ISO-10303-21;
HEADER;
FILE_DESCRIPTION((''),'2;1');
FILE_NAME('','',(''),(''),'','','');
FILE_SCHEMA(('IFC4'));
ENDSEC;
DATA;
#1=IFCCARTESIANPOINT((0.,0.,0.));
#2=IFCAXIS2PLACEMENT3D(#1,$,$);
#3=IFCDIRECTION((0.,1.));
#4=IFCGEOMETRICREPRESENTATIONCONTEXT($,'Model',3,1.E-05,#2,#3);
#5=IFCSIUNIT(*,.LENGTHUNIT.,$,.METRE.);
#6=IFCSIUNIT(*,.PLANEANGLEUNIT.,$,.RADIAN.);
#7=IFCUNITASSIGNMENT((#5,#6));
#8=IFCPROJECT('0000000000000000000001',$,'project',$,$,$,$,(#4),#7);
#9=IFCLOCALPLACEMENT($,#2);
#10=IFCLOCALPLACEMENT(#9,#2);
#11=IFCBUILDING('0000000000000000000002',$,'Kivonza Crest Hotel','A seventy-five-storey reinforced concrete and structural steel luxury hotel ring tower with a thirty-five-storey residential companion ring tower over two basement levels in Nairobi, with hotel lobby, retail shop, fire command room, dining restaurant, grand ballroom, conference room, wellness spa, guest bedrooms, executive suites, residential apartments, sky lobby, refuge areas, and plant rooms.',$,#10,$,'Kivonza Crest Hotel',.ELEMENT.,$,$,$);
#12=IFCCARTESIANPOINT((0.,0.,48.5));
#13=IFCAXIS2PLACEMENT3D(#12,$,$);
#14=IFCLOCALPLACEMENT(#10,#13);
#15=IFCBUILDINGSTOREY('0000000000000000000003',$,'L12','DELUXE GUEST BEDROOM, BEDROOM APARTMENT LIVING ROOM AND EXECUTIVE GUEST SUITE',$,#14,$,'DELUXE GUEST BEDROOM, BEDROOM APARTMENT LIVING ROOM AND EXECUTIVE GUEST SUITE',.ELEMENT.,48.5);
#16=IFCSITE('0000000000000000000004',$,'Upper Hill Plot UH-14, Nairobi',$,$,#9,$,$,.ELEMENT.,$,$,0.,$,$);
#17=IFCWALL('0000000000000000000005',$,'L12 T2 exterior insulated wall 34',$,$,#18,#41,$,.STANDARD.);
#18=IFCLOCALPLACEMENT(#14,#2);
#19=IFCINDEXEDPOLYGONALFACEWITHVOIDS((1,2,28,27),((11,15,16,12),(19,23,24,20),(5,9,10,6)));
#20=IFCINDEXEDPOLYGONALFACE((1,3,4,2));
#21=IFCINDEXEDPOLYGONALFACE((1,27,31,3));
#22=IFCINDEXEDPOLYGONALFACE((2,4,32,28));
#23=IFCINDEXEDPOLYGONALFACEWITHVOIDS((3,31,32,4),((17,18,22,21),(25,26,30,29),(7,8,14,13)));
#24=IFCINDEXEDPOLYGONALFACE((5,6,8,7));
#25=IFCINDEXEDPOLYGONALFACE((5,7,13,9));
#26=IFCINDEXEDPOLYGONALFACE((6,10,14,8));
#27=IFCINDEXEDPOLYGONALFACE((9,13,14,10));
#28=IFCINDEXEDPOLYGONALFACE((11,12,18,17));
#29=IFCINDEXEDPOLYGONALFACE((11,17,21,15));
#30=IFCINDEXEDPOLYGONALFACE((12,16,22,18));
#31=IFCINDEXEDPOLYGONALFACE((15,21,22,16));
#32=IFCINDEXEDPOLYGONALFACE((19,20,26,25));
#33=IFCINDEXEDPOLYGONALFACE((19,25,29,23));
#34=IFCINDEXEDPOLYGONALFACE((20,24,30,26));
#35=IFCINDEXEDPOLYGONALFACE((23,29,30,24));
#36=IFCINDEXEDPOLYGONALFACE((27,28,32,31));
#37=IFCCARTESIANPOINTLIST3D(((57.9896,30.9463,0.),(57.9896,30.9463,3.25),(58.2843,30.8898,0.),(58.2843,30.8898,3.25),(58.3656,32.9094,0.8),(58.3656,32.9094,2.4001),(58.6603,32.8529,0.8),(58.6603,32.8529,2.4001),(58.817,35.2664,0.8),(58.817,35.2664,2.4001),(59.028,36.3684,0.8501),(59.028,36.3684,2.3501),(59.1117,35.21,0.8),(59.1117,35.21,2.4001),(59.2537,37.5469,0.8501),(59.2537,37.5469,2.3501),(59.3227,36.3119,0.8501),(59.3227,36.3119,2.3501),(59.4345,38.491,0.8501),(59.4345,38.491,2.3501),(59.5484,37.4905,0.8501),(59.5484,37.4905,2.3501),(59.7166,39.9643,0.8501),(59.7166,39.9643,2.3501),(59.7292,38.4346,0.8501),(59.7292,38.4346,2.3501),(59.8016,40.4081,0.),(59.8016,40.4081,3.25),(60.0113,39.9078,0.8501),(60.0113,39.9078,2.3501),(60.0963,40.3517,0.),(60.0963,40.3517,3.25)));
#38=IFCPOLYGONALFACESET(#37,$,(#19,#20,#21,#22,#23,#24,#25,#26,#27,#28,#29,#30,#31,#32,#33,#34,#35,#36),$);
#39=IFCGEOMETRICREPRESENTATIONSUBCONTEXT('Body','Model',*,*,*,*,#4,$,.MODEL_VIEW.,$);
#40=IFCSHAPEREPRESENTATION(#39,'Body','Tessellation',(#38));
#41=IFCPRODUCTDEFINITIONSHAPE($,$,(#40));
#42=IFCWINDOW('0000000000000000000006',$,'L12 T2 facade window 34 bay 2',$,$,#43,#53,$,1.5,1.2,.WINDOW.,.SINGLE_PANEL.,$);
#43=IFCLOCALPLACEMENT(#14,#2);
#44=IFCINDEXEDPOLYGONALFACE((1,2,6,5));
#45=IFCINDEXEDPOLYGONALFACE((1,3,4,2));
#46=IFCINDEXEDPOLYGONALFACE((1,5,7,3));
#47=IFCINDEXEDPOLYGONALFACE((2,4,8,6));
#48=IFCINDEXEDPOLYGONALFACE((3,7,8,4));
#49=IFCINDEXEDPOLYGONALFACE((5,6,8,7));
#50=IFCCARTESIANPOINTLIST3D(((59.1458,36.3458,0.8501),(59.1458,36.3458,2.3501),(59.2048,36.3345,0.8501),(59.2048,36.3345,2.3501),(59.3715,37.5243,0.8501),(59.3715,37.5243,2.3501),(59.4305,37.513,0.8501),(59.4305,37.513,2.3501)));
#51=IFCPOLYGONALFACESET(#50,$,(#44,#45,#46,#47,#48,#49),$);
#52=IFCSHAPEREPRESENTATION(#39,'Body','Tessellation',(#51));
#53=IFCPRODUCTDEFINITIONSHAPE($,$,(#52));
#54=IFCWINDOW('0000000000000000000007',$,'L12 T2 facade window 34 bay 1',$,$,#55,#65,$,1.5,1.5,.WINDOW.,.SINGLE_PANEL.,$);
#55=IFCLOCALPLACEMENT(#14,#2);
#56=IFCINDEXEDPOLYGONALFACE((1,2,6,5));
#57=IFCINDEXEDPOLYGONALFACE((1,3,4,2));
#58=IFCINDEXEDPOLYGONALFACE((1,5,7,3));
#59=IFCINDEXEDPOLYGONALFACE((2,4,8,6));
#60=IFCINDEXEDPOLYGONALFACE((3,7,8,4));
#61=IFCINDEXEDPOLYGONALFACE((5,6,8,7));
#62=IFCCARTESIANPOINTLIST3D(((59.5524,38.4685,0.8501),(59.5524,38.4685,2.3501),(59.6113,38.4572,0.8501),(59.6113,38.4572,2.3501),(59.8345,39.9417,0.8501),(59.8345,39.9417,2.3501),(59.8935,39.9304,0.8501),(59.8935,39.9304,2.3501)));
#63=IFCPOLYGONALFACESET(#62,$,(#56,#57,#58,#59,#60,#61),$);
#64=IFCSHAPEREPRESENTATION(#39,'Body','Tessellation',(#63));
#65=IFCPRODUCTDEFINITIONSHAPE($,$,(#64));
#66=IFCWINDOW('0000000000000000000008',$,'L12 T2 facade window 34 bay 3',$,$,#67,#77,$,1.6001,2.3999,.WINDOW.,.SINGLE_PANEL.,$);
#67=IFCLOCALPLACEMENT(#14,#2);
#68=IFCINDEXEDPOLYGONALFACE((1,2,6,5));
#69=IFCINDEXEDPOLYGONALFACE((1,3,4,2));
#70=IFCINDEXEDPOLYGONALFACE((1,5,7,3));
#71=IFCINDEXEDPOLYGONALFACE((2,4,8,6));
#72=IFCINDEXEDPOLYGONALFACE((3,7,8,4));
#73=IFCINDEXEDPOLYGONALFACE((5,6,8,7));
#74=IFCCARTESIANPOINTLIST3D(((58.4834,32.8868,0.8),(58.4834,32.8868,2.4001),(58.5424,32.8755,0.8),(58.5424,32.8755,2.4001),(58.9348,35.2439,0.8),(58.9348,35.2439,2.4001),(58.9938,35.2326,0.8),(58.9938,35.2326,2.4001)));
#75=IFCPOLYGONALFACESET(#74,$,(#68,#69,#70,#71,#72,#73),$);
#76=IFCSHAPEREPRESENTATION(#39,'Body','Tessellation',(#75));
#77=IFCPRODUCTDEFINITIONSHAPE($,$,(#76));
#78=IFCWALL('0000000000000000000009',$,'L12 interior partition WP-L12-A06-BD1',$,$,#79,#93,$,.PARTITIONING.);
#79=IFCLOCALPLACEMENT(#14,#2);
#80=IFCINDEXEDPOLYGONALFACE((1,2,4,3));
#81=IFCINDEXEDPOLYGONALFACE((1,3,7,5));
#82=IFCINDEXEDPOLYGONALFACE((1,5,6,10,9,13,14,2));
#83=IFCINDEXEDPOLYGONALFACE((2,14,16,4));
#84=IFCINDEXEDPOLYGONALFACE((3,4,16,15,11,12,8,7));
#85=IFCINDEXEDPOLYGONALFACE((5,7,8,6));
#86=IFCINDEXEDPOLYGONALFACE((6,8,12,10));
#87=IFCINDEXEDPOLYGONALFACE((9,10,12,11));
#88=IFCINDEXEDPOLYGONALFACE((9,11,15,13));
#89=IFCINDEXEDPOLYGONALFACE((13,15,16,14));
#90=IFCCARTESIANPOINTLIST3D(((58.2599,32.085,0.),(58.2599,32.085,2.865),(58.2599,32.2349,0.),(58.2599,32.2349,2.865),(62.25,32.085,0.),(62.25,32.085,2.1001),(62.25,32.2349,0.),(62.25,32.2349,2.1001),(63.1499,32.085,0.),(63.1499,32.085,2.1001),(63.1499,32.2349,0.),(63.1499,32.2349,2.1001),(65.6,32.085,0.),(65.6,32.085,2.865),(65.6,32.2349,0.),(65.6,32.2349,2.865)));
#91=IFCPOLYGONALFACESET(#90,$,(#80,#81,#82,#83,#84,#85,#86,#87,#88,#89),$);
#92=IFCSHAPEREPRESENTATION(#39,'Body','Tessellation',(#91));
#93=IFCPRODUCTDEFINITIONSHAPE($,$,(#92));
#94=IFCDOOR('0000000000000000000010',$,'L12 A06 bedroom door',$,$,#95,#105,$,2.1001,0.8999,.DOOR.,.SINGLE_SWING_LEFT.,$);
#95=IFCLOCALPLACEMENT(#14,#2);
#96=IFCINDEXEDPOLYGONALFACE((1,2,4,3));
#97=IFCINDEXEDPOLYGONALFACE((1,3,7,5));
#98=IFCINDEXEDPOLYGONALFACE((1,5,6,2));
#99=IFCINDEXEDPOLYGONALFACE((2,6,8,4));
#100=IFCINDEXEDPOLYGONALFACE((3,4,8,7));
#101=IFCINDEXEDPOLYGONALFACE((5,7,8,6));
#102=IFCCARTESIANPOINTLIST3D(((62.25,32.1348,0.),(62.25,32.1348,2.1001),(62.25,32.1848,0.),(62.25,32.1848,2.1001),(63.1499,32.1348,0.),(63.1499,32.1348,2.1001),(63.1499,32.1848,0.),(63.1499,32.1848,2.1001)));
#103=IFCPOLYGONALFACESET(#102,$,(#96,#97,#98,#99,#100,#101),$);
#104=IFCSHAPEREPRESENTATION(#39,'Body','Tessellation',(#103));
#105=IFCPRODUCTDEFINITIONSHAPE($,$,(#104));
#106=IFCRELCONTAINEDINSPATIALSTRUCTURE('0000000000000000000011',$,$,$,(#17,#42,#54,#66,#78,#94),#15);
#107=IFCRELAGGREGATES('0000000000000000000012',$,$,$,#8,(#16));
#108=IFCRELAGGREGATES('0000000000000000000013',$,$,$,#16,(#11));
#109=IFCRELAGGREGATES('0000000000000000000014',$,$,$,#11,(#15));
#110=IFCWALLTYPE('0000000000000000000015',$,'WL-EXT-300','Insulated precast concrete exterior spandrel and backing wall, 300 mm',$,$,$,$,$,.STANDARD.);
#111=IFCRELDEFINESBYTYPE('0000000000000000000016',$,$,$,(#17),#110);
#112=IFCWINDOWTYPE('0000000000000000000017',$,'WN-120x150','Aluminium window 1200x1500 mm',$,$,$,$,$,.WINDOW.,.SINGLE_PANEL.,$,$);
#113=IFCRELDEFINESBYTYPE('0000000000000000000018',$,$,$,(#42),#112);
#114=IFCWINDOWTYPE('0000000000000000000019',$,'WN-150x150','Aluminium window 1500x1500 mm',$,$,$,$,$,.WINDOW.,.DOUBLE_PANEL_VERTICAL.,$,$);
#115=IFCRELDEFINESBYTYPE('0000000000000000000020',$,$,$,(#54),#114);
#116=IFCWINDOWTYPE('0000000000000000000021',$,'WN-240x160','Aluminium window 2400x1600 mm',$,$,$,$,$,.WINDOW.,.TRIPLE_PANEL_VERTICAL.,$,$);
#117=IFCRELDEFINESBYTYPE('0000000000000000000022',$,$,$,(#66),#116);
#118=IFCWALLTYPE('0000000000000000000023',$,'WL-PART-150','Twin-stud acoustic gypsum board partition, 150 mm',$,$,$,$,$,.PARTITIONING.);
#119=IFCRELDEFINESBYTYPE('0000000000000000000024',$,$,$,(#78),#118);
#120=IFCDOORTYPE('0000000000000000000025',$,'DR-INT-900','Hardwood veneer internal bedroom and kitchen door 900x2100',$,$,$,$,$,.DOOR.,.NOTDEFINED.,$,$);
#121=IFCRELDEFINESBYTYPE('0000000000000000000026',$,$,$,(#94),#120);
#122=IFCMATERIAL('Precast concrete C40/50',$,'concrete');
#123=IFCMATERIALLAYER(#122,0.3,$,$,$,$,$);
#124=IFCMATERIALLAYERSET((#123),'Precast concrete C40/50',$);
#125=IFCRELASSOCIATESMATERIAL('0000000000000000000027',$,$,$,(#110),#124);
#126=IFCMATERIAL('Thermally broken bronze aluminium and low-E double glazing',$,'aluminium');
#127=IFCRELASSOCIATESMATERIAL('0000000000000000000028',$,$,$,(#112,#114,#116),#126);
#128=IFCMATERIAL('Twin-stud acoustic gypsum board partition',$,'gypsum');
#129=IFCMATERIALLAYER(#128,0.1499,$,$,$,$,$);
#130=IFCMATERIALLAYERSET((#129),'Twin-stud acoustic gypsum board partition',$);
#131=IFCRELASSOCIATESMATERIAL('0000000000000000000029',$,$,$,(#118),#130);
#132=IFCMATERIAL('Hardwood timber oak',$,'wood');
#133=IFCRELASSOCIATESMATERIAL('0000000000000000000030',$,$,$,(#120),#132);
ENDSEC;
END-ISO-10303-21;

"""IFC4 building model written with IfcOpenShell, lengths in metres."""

from ifc_helpers import new_model, si_unit, direction, frame, frame_2d, origin, place, context, subcontext, project, spatial, rectangle, extrude, material, layer, layer_set, type_object, element, fill, save


model = new_model("IFC4")

# Units and contexts
model_context = context("Model", 3, precision=1e-05, world=origin(), true_north=direction((0.0, 1.0)))
body_context = subcontext(model_context, "Body", "Model", "MODEL_VIEW")
ifc_project = project(units=[si_unit("LENGTHUNIT", "METRE"), si_unit("PLANEANGLEUNIT", "RADIAN")], contexts=[model_context])

# Site, building, storey
site_placement = place(None, origin())
site = spatial("IfcSite", under=ifc_project, at=site_placement, Name="Upper Hill Plot UH-14, Nairobi", CompositionType="ELEMENT", RefElevation=0.0)
building_placement = place(site_placement, origin())
building = spatial("IfcBuilding", under=site, at=building_placement, Name="Kivonza Crest Hotel", Description="A seventy-five-storey reinforced concrete and structural steel luxury hotel ring tower with a thirty-five-storey residential companion ring tower over two basement levels in Nairobi, with hotel lobby, retail shop, fire command room, dining restaurant, grand ballroom, conference room, wellness spa, guest bedrooms, executive suites, residential apartments, sky lobby, refuge areas, and plant rooms.", LongName="Kivonza Crest Hotel", CompositionType="ELEMENT")
storey_placement = place(building_placement, frame((0.0, 0.0, 48.5)))
storey = spatial("IfcBuildingStorey", under=building, at=storey_placement, Name="L12", Description="DELUXE GUEST BEDROOM, BEDROOM APARTMENT LIVING ROOM AND EXECUTIVE GUEST SUITE", LongName="DELUXE GUEST BEDROOM, BEDROOM APARTMENT LIVING ROOM AND EXECUTIVE GUEST SUITE", CompositionType="ELEMENT", Elevation=48.5)

# Shared definitions
ifc_material_1 = material(Name="Precast concrete C40/50", Category="concrete")
ifc_layer_1 = layer(ifc_material_1, 0.3)
ifc_layer_set_1 = layer_set([ifc_layer_1], Name="Precast concrete C40/50")
wall_type_1 = type_object("IfcWallType", Name="WL-EXT-300", Description="Insulated precast concrete exterior spandrel and backing wall, 300 mm", PredefinedType="STANDARD", material=ifc_layer_set_1)

# Wall, openings, windows
wall_1_placement = place(storey_placement, frame((59.949, 40.3799, 0.0), z_axis=(0.0, 0.0, 1.0), x_axis=(-0.188088, -0.982152, 0.0)))
wall_1 = element("IfcWall", 1, at=wall_1_placement, inside=storey, type_object=wall_type_1, Name="L12 T2 exterior insulated wall 34", PredefinedType="STANDARD", context=body_context, shape_type="SweptSolid", body=[
    extrude(rectangle(XDim=9.6338, YDim=0.3, at=frame_2d((4.8169, 0.0))), origin(), (0.0, 0.0, 1.0), 3.25),
])
opening_1_placement = place(wall_1_placement, frame((0.4519, 0.0, 0.8501)))
opening_1 = element("IfcOpeningElement", 2, at=opening_1_placement, cuts=wall_1, PredefinedType="OPENING", context=body_context, shape_type="SweptSolid", body=[
    extrude(rectangle(XDim=1.5, YDim=1.5, at=frame_2d((0.75, 0.75))), frame((0.0, 0.1602, 0.0), z_axis=(0.0, -1.0, 0.0), x_axis=(1.0, 0.0, 0.0)), (0.0, 0.0, 1.0), 0.3201),
])
opening_2_placement = place(wall_1_placement, frame((2.9131, 0.0, 0.8501)))
opening_2 = element("IfcOpeningElement", 3, at=opening_2_placement, cuts=wall_1, PredefinedType="OPENING", context=body_context, shape_type="SweptSolid", body=[
    extrude(rectangle(XDim=1.2, YDim=1.5, at=frame_2d((0.6001, 0.75))), frame((0.0, 0.1602, 0.0), z_axis=(0.0, -1.0, 0.0), x_axis=(1.0, 0.0, 0.0)), (0.0, 0.0, 1.0), 0.3201),
])
opening_3_placement = place(wall_1_placement, frame((5.2351, 0.0, 0.8)))
opening_3 = element("IfcOpeningElement", 4, at=opening_3_placement, cuts=wall_1, PredefinedType="OPENING", context=body_context, shape_type="SweptSolid", body=[
    extrude(rectangle(XDim=2.3999, YDim=1.6001, at=frame_2d((1.2, 0.8))), frame((0.0, 0.1602, 0.0), z_axis=(0.0, -1.0, 0.0), x_axis=(1.0, 0.0, 0.0)), (0.0, 0.0, 1.0), 0.3201),
])
ifc_material_2 = material(Name="Thermally broken bronze aluminium and low-E double glazing", Category="aluminium")
window_type_1 = type_object("IfcWindowType", Name="WN-120x150", Description="Aluminium window 1200x1500 mm", PartitioningType="SINGLE_PANEL", PredefinedType="WINDOW", material=ifc_material_2)
window_1_placement = place(opening_2_placement, origin())
window_1 = element("IfcWindow", 5, at=window_1_placement, inside=storey, type_object=window_type_1, Name="L12 T2 facade window 34 bay 2", OverallHeight=1.5, OverallWidth=1.2, PartitioningType="SINGLE_PANEL", PredefinedType="WINDOW", context=body_context, shape_type="SweptSolid", body=[
    extrude(rectangle(XDim=1.2, YDim=1.5, at=frame_2d((0.6001, 0.75))), frame((0.0, 0.03, 0.0), z_axis=(0.0, -1.0, 0.0), x_axis=(1.0, 0.0, 0.0)), (0.0, 0.0, 1.0), 0.0601),
])
fill(opening_2, window_1)
window_type_2 = type_object("IfcWindowType", Name="WN-150x150", Description="Aluminium window 1500x1500 mm", PartitioningType="DOUBLE_PANEL_VERTICAL", PredefinedType="WINDOW", material=ifc_material_2)
window_2_placement = place(opening_1_placement, origin())
window_2 = element("IfcWindow", 6, at=window_2_placement, inside=storey, type_object=window_type_2, Name="L12 T2 facade window 34 bay 1", OverallHeight=1.5, OverallWidth=1.5, PartitioningType="SINGLE_PANEL", PredefinedType="WINDOW", context=body_context, shape_type="SweptSolid", body=[
    extrude(rectangle(XDim=1.5, YDim=1.5, at=frame_2d((0.75, 0.75))), frame((0.0, 0.03, 0.0), z_axis=(0.0, -1.0, 0.0), x_axis=(1.0, 0.0, 0.0)), (0.0, 0.0, 1.0), 0.0601),
])
fill(opening_1, window_2)
window_type_3 = type_object("IfcWindowType", Name="WN-240x160", Description="Aluminium window 2400x1600 mm", PartitioningType="TRIPLE_PANEL_VERTICAL", PredefinedType="WINDOW", material=ifc_material_2)
window_3_placement = place(opening_3_placement, origin())
window_3 = element("IfcWindow", 7, at=window_3_placement, inside=storey, type_object=window_type_3, Name="L12 T2 facade window 34 bay 3", OverallHeight=1.6001, OverallWidth=2.3999, PartitioningType="SINGLE_PANEL", PredefinedType="WINDOW", context=body_context, shape_type="SweptSolid", body=[
    extrude(rectangle(XDim=2.3999, YDim=1.6001, at=frame_2d((1.2, 0.8))), frame((0.0, 0.03, 0.0), z_axis=(0.0, -1.0, 0.0), x_axis=(1.0, 0.0, 0.0)), (0.0, 0.0, 1.0), 0.0601),
])
fill(opening_3, window_3)

# Wall, opening, door
ifc_material_3 = material(Name="Twin-stud acoustic gypsum board partition", Category="gypsum")
ifc_layer_2 = layer(ifc_material_3, 0.1499)
ifc_layer_set_2 = layer_set([ifc_layer_2], Name="Twin-stud acoustic gypsum board partition")
wall_type_2 = type_object("IfcWallType", Name="WL-PART-150", Description="Twin-stud acoustic gypsum board partition, 150 mm", PredefinedType="PARTITIONING", material=ifc_layer_set_2)
wall_2_placement = place(storey_placement, frame((58.26, 32.1599, 0.0), z_axis=(0.0, 0.0, 1.0), x_axis=(1.0, 0.0, 0.0)))
wall_2 = element("IfcWall", 8, at=wall_2_placement, inside=storey, type_object=wall_type_2, Name="L12 interior partition WP-L12-A06-BD1", PredefinedType="PARTITIONING", context=body_context, shape_type="SweptSolid", body=[
    extrude(rectangle(XDim=7.3401, YDim=0.1499, at=frame_2d((3.6699, 0.0))), origin(), (0.0, 0.0, 1.0), 2.865),
])
opening_4_placement = place(wall_2_placement, frame((3.99, 0.0, 0.0)))
opening_4 = element("IfcOpeningElement", 9, at=opening_4_placement, cuts=wall_2, PredefinedType="OPENING", context=body_context, shape_type="SweptSolid", body=[
    extrude(rectangle(XDim=0.8999, YDim=2.1001, at=frame_2d((0.45, 1.05))), frame((0.0, 0.085, 0.0), z_axis=(0.0, -1.0, 0.0), x_axis=(1.0, 0.0, 0.0)), (0.0, 0.0, 1.0), 0.1699),
])
ifc_material_4 = material(Name="Hardwood timber oak", Category="wood")
door_type = type_object("IfcDoorType", Name="DR-INT-900", Description="Hardwood veneer internal bedroom and kitchen door 900x2100", OperationType="NOTDEFINED", PredefinedType="DOOR", material=ifc_material_4)
door_placement = place(opening_4_placement, origin())
door = element("IfcDoor", 10, at=door_placement, inside=storey, type_object=door_type, Name="L12 A06 bedroom door", OperationType="SINGLE_SWING_LEFT", OverallHeight=2.1001, OverallWidth=0.8999, PredefinedType="DOOR", context=body_context, shape_type="SweptSolid", body=[
    extrude(rectangle(XDim=0.8999, YDim=2.1001, at=frame_2d((0.45, 1.05))), frame((0.0, 0.0249, 0.0), z_axis=(0.0, -1.0, 0.0), x_axis=(1.0, 0.0, 0.0)), (0.0, 0.0, 1.0), 0.05),
])
fill(opening_4, door)

save(model, "model.ifc")
